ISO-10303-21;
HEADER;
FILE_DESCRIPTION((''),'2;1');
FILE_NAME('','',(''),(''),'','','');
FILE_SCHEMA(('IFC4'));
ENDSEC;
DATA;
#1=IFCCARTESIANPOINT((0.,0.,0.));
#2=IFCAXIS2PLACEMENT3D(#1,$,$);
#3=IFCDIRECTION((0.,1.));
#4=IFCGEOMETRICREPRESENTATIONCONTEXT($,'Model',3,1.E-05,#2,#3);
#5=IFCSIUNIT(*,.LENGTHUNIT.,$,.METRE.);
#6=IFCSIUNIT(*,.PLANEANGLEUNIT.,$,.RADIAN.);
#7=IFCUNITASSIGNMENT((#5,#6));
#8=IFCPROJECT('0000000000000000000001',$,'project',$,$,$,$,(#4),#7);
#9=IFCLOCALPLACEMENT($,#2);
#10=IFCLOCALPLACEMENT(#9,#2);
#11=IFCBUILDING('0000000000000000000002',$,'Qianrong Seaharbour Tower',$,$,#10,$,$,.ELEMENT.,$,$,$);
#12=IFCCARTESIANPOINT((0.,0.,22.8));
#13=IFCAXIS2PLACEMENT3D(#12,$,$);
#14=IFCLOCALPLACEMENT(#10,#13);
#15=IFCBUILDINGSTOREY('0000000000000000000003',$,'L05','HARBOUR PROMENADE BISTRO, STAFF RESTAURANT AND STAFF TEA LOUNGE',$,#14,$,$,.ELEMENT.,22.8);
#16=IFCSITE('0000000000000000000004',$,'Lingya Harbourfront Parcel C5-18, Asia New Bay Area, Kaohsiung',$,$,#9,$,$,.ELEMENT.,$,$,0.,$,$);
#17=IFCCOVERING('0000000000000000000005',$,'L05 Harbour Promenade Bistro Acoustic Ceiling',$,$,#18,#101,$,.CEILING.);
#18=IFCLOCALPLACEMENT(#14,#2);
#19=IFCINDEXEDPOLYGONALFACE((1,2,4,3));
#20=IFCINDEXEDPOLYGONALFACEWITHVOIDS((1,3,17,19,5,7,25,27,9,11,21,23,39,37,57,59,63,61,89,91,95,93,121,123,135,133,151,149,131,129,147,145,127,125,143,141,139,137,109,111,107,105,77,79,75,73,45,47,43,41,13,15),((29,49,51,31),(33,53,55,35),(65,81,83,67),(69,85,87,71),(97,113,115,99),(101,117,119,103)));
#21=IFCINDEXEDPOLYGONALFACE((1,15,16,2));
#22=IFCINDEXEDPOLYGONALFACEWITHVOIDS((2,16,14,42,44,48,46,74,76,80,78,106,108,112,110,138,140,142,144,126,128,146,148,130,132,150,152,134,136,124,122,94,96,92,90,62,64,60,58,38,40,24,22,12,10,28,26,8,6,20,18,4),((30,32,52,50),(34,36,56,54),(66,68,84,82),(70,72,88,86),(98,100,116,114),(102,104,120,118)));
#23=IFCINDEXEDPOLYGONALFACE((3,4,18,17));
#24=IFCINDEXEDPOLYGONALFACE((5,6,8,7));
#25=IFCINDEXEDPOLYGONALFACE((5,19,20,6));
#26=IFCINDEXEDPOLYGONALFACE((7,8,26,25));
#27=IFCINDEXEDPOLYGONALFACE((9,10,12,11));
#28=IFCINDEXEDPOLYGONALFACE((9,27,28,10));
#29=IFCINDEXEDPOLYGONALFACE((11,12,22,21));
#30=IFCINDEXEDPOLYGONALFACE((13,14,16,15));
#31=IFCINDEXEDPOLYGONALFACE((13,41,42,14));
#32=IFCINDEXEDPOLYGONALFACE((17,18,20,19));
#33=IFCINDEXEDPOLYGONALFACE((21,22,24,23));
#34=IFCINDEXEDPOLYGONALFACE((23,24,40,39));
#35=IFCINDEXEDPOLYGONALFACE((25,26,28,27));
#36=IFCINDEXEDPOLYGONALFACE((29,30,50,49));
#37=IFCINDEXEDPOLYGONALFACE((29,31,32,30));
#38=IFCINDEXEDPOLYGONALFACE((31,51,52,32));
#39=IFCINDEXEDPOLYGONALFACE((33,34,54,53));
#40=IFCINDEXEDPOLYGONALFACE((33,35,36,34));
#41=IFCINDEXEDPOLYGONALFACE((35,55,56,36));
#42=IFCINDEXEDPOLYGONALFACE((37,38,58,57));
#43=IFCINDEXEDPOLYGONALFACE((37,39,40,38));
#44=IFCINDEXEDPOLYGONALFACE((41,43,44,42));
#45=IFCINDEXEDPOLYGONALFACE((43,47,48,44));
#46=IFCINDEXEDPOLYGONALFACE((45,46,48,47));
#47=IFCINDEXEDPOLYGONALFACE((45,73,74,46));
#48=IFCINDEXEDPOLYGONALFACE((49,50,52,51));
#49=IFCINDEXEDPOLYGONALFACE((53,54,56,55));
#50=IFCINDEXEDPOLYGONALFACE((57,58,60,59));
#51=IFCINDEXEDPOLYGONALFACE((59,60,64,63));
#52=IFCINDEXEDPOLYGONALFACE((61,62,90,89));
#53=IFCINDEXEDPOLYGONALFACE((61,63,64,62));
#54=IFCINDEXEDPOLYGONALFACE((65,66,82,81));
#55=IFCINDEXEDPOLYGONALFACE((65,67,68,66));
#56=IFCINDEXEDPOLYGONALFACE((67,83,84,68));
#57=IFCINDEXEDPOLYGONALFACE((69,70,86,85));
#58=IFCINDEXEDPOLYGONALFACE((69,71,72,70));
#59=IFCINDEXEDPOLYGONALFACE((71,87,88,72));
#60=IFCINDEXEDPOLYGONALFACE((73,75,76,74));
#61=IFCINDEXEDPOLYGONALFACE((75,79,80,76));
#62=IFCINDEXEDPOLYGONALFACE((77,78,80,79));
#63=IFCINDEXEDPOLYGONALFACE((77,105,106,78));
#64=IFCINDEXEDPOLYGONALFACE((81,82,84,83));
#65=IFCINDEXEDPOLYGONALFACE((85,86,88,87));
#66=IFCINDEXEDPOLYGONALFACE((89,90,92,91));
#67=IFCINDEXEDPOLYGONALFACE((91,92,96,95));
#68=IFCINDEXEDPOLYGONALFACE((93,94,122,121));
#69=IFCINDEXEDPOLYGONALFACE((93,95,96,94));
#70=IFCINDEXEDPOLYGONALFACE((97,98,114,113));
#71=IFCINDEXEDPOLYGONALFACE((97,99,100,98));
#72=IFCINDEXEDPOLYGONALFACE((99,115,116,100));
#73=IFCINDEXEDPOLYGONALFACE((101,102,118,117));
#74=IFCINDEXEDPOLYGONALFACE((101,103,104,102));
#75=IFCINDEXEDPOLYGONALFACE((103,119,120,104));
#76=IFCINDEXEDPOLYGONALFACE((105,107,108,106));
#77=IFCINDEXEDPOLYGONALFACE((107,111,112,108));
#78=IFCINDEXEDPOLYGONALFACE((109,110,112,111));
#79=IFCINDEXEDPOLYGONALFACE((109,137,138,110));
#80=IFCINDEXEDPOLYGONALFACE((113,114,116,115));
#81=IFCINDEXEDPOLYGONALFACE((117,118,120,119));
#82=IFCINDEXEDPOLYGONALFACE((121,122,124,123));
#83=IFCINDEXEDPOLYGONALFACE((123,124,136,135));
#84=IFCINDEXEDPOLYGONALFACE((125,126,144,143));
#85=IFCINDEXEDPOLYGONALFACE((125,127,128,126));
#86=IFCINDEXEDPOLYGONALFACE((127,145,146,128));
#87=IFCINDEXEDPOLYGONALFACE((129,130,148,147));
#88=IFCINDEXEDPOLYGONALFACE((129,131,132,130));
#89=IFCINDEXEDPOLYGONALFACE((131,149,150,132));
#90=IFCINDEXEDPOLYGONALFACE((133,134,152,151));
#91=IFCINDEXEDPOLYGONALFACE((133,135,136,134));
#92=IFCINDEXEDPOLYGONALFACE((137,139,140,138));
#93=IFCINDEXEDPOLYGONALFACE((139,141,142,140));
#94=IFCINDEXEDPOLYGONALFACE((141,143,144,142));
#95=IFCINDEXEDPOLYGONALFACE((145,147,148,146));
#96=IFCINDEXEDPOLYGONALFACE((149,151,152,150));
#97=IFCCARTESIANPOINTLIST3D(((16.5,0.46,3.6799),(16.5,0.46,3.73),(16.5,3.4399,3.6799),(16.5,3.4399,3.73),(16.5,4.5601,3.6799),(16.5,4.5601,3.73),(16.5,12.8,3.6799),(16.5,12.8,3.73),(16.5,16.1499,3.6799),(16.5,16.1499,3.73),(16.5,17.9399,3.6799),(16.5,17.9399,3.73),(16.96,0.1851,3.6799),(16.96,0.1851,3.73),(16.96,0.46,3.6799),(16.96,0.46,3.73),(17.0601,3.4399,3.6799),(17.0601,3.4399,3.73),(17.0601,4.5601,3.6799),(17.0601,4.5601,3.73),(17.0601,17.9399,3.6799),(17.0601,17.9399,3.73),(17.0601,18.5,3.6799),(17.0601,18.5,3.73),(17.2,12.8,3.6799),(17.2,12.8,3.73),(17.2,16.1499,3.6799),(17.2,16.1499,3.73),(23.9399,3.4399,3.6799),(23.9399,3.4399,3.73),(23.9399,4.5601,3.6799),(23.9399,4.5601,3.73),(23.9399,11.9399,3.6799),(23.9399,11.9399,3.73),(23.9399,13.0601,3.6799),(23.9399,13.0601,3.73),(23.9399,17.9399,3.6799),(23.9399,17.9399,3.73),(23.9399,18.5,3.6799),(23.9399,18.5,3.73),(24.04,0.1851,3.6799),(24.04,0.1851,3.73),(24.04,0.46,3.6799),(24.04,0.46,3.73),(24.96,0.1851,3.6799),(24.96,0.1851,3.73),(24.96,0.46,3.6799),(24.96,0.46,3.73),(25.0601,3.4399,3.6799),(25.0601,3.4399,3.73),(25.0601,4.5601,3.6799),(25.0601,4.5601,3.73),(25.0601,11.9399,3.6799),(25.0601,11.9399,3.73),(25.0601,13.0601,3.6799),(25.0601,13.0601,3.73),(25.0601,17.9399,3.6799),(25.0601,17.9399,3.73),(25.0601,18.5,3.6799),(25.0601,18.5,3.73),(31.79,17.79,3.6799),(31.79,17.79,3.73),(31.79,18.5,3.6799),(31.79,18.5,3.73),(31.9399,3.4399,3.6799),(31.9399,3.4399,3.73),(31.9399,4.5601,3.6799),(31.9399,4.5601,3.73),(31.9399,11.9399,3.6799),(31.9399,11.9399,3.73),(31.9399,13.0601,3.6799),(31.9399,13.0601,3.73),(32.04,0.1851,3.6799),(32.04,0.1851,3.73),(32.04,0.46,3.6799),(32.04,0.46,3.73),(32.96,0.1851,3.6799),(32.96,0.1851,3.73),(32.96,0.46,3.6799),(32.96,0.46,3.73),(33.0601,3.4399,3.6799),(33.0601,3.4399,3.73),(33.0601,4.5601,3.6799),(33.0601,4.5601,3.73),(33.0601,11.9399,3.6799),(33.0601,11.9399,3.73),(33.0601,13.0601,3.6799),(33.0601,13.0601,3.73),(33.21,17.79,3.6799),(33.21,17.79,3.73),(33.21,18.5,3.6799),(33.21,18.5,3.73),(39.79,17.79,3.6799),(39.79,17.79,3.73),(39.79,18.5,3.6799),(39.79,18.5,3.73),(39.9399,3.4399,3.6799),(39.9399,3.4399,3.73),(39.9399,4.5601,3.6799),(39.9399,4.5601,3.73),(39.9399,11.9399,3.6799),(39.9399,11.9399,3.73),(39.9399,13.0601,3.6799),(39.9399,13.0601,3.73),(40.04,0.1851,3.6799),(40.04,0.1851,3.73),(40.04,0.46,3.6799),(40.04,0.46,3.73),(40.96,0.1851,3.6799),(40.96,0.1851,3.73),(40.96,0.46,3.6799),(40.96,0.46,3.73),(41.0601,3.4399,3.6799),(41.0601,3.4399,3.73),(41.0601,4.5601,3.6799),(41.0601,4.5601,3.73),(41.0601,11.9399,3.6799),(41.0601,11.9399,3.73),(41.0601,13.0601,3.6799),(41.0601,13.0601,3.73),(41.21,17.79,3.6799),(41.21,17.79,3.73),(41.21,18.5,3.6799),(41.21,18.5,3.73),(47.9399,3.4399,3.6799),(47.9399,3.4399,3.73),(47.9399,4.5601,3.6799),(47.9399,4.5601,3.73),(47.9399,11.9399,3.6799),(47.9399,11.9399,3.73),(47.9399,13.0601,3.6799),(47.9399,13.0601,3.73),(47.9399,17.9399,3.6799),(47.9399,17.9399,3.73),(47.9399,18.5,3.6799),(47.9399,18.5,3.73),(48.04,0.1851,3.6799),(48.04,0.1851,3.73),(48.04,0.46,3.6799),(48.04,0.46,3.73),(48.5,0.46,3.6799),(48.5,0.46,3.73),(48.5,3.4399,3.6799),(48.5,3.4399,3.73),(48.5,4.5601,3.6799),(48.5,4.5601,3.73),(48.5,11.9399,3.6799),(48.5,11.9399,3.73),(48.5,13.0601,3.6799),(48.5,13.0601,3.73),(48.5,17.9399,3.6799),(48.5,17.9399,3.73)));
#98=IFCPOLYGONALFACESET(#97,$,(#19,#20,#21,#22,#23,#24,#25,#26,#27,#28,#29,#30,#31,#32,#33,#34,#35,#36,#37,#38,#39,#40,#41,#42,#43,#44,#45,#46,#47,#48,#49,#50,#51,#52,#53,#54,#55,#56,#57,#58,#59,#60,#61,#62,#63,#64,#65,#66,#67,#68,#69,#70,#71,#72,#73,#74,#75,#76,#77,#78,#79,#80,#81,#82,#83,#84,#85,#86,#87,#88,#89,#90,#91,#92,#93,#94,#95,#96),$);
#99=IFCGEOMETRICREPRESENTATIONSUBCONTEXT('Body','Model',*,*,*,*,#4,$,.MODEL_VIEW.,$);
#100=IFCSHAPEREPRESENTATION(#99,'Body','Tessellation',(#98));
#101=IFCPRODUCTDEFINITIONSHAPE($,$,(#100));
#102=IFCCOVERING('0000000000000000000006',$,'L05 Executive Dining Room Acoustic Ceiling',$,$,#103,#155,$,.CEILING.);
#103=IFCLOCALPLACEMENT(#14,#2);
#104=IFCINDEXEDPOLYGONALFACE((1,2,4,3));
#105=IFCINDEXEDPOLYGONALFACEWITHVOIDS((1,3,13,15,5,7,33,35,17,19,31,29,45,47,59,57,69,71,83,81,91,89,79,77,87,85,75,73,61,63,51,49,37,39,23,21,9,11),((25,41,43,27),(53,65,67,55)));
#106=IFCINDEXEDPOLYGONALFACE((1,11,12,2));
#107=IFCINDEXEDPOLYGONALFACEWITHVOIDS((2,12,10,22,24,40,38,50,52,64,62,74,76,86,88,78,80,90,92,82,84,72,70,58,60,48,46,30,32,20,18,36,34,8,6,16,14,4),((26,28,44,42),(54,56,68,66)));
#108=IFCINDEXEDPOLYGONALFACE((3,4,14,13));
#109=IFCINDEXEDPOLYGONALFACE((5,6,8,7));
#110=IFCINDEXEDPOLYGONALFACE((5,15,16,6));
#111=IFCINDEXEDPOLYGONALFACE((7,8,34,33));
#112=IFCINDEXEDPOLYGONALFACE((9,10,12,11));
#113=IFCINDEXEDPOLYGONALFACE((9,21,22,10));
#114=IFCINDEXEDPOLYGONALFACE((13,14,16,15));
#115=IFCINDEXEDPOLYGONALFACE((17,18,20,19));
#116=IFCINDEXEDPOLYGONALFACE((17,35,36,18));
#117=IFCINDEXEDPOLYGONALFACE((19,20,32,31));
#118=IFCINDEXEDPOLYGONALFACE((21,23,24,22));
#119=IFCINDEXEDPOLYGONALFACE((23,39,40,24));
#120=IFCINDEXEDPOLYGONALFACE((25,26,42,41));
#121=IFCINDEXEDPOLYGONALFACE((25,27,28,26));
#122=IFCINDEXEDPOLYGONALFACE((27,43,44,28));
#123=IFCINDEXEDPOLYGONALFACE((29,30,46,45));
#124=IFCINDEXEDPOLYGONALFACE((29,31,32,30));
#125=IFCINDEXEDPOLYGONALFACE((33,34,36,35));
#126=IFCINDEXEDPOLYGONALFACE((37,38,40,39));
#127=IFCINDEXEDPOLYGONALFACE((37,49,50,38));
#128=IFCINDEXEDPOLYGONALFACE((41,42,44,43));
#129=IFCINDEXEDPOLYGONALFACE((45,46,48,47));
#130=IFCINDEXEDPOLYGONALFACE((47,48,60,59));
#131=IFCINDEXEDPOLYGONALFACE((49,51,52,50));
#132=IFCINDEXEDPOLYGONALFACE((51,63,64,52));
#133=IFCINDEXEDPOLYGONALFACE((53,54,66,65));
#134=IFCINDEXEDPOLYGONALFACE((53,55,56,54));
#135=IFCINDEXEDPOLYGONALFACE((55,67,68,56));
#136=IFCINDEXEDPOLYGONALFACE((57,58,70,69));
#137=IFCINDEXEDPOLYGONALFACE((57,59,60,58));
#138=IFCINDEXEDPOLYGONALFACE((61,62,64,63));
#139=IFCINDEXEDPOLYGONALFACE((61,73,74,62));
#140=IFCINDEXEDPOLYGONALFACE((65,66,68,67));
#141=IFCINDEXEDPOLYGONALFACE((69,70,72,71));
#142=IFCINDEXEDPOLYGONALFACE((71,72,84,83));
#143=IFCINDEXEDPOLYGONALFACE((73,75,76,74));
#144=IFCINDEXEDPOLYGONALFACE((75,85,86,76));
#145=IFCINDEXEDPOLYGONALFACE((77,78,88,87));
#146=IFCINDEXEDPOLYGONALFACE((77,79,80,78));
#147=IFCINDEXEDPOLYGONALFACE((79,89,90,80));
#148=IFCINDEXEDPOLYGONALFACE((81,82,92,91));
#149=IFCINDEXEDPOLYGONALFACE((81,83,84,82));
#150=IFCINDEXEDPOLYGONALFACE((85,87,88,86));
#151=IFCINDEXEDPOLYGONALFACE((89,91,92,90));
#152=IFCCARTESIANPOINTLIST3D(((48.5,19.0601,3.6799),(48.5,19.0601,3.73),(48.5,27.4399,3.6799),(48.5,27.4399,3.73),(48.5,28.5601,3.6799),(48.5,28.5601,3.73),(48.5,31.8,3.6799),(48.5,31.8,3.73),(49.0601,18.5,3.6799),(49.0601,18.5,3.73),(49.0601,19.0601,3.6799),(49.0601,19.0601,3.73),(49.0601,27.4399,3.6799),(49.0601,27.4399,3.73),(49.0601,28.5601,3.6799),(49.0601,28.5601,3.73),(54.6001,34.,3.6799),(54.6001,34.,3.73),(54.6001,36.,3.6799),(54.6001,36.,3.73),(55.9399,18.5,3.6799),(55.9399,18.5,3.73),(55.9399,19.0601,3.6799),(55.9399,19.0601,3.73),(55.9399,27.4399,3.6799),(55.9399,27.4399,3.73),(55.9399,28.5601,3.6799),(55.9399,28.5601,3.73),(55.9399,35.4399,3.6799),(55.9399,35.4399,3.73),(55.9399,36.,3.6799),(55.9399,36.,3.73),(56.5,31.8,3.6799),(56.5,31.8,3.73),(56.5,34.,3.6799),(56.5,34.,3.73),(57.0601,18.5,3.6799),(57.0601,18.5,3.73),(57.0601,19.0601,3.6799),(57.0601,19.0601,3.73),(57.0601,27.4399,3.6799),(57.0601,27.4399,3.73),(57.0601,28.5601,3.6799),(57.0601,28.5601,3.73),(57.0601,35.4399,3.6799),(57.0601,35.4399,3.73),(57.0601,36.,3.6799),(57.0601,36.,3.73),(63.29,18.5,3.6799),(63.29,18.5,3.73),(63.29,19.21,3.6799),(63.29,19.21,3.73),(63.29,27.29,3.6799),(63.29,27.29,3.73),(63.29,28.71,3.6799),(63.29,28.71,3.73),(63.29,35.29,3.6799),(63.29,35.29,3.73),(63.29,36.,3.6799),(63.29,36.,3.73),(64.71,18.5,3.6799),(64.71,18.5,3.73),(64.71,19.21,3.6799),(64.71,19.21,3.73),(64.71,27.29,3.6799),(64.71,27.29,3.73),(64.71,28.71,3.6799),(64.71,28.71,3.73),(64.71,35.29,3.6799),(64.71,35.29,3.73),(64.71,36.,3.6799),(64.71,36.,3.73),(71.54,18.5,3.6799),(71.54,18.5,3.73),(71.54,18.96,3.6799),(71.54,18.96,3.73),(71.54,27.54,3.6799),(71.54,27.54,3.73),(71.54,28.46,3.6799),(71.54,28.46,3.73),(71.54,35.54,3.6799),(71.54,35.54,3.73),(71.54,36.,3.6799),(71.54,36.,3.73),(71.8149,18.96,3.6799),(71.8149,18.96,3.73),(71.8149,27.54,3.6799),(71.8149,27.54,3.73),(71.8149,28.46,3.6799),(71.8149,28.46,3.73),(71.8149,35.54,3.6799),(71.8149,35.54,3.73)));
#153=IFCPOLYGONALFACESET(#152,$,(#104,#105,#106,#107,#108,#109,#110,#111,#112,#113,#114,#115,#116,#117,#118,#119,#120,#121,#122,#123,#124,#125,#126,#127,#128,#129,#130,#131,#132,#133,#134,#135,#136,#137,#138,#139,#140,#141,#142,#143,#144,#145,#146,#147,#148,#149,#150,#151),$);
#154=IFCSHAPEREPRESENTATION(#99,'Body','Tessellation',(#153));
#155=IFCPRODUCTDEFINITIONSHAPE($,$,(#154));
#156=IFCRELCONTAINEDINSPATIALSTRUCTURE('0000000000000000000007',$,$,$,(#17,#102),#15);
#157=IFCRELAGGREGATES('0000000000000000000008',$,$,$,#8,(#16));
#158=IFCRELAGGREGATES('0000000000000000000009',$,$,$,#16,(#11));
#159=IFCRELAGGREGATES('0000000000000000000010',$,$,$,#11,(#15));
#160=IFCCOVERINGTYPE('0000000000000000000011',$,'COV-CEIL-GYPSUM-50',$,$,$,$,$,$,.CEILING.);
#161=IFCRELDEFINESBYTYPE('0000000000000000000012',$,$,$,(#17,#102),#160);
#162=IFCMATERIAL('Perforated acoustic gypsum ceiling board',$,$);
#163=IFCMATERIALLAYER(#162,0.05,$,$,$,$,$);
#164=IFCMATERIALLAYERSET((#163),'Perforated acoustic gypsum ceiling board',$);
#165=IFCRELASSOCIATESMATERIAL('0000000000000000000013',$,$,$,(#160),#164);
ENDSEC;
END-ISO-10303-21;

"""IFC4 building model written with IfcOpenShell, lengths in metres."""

from ifc_helpers import new_model, si_unit, direction, frame, origin, place, context, subcontext, project, spatial, polyline, outline, extrude, material, layer, layer_set, type_object, element, save


model = new_model("IFC4")

# Units and contexts
model_context = context("Model", 3, precision=1e-05, world=origin(), true_north=direction((0.0, 1.0)))
body_context = subcontext(model_context, "Body", "Model", "MODEL_VIEW")
ifc_project = project(units=[si_unit("LENGTHUNIT", "METRE"), si_unit("PLANEANGLEUNIT", "RADIAN")], contexts=[model_context])

# Site, building, storey
site_placement = place(None, origin())
site = spatial("IfcSite", under=ifc_project, at=site_placement, Name="Lingya Harbourfront Parcel C5-18, Asia New Bay Area, Kaohsiung", CompositionType="ELEMENT", RefElevation=0.0)
building_placement = place(site_placement, origin())
building = spatial("IfcBuilding", under=site, at=building_placement, Name="Qianrong Seaharbour Tower", CompositionType="ELEMENT")
storey_placement = place(building_placement, frame((0.0, 0.0, 22.8)))
storey = spatial("IfcBuildingStorey", under=building, at=storey_placement, Name="L05", Description="HARBOUR PROMENADE BISTRO, STAFF RESTAURANT AND STAFF TEA LOUNGE", CompositionType="ELEMENT", Elevation=22.8)

# Coverings
ifc_material_1 = material(Name="Perforated acoustic gypsum ceiling board")
ifc_layer_1 = layer(ifc_material_1, 0.05)
ifc_layer_set_1 = layer_set([ifc_layer_1], Name="Perforated acoustic gypsum ceiling board")
covering_type_1 = type_object("IfcCoveringType", Name="COV-CEIL-GYPSUM-50", PredefinedType="CEILING", material=ifc_layer_set_1)
covering_1_placement = place(storey_placement, frame((0.0, 0.0, 3.6799)))
element("IfcCovering", 1, at=covering_1_placement, inside=storey, type_object=covering_type_1, Name="L05 Harbour Promenade Bistro Acoustic Ceiling", PredefinedType="CEILING", context=body_context, shape_type="SweptSolid", body=[
    extrude(outline(polyline([(48.5, 13.0601), (47.9399, 13.0601), (47.9399, 11.9399), (48.5, 11.9399), (48.5, 4.5601), (47.9399, 4.5601), (47.9399, 3.4399), (48.5, 3.4399), (48.5, 0.46), (48.04, 0.46), (48.04, 0.1851), (40.96, 0.1851), (40.96, 0.46), (40.04, 0.46), (40.04, 0.1851), (32.96, 0.1851), (32.96, 0.46), (32.04, 0.46), (32.04, 0.1851), (24.96, 0.1851), (24.96, 0.46), (24.04, 0.46), (24.04, 0.1851), (16.96, 0.1851), (16.96, 0.46), (16.5, 0.46), (16.5, 3.4399), (17.0601, 3.4399), (17.0601, 4.5601), (16.5, 4.5601), (16.5, 12.8), (17.2, 12.8), (17.2, 16.1499), (16.5, 16.1499), (16.5, 17.9399), (17.0601, 17.9399), (17.0601, 18.5), (23.9399, 18.5), (23.9399, 17.9399), (25.0601, 17.9399), (25.0601, 18.5), (31.79, 18.5), (31.79, 17.79), (33.21, 17.79), (33.21, 18.5), (39.79, 18.5), (39.79, 17.79), (41.21, 17.79), (41.21, 18.5), (47.9399, 18.5), (47.9399, 17.9399), (48.5, 17.9399), (48.5, 13.0601)]), holes=[polyline([(39.9399, 3.4399), (41.0601, 3.4399), (41.0601, 4.5601), (39.9399, 4.5601), (39.9399, 3.4399)]), polyline([(39.9399, 13.0601), (39.9399, 11.9399), (41.0601, 11.9399), (41.0601, 13.0601), (39.9399, 13.0601)]), polyline([(31.9399, 3.4399), (33.0601, 3.4399), (33.0601, 4.5601), (31.9399, 4.5601), (31.9399, 3.4399)]), polyline([(31.9399, 11.9399), (33.0601, 11.9399), (33.0601, 13.0601), (31.9399, 13.0601), (31.9399, 11.9399)]), polyline([(23.9399, 3.4399), (25.0601, 3.4399), (25.0601, 4.5601), (23.9399, 4.5601), (23.9399, 3.4399)]), polyline([(23.9399, 11.9399), (25.0601, 11.9399), (25.0601, 13.0601), (23.9399, 13.0601), (23.9399, 11.9399)])]), origin(), (0.0, 0.0, 1.0), 0.05),
])
covering_2_placement = place(storey_placement, frame((0.0, 0.0, 3.6799)))
element("IfcCovering", 2, at=covering_2_placement, inside=storey, type_object=covering_type_1, Name="L05 Executive Dining Room Acoustic Ceiling", PredefinedType="CEILING", context=body_context, shape_type="SweptSolid", body=[
    extrude(outline(polyline([(56.5, 31.8), (56.5, 34.0), (54.6001, 34.0), (54.6001, 36.0), (55.9399, 36.0), (55.9399, 35.4399), (57.0601, 35.4399), (57.0601, 36.0), (63.29, 36.0), (63.29, 35.29), (64.71, 35.29), (64.71, 36.0), (71.54, 36.0), (71.54, 35.54), (71.8149, 35.54), (71.8149, 28.46), (71.54, 28.46), (71.54, 27.54), (71.8149, 27.54), (71.8149, 18.96), (71.54, 18.96), (71.54, 18.5), (64.71, 18.5), (64.71, 19.21), (63.29, 19.21), (63.29, 18.5), (57.0601, 18.5), (57.0601, 19.0601), (55.9399, 19.0601), (55.9399, 18.5), (49.0601, 18.5), (49.0601, 19.0601), (48.5, 19.0601), (48.5, 27.4399), (49.0601, 27.4399), (49.0601, 28.5601), (48.5, 28.5601), (48.5, 31.8), (56.5, 31.8)]), holes=[polyline([(63.29, 28.71), (63.29, 27.29), (64.71, 27.29), (64.71, 28.71), (63.29, 28.71)]), polyline([(55.9399, 28.5601), (55.9399, 27.4399), (57.0601, 27.4399), (57.0601, 28.5601), (55.9399, 28.5601)])]), origin(), (0.0, 0.0, 1.0), 0.05),
])

save(model, "model.ifc")
